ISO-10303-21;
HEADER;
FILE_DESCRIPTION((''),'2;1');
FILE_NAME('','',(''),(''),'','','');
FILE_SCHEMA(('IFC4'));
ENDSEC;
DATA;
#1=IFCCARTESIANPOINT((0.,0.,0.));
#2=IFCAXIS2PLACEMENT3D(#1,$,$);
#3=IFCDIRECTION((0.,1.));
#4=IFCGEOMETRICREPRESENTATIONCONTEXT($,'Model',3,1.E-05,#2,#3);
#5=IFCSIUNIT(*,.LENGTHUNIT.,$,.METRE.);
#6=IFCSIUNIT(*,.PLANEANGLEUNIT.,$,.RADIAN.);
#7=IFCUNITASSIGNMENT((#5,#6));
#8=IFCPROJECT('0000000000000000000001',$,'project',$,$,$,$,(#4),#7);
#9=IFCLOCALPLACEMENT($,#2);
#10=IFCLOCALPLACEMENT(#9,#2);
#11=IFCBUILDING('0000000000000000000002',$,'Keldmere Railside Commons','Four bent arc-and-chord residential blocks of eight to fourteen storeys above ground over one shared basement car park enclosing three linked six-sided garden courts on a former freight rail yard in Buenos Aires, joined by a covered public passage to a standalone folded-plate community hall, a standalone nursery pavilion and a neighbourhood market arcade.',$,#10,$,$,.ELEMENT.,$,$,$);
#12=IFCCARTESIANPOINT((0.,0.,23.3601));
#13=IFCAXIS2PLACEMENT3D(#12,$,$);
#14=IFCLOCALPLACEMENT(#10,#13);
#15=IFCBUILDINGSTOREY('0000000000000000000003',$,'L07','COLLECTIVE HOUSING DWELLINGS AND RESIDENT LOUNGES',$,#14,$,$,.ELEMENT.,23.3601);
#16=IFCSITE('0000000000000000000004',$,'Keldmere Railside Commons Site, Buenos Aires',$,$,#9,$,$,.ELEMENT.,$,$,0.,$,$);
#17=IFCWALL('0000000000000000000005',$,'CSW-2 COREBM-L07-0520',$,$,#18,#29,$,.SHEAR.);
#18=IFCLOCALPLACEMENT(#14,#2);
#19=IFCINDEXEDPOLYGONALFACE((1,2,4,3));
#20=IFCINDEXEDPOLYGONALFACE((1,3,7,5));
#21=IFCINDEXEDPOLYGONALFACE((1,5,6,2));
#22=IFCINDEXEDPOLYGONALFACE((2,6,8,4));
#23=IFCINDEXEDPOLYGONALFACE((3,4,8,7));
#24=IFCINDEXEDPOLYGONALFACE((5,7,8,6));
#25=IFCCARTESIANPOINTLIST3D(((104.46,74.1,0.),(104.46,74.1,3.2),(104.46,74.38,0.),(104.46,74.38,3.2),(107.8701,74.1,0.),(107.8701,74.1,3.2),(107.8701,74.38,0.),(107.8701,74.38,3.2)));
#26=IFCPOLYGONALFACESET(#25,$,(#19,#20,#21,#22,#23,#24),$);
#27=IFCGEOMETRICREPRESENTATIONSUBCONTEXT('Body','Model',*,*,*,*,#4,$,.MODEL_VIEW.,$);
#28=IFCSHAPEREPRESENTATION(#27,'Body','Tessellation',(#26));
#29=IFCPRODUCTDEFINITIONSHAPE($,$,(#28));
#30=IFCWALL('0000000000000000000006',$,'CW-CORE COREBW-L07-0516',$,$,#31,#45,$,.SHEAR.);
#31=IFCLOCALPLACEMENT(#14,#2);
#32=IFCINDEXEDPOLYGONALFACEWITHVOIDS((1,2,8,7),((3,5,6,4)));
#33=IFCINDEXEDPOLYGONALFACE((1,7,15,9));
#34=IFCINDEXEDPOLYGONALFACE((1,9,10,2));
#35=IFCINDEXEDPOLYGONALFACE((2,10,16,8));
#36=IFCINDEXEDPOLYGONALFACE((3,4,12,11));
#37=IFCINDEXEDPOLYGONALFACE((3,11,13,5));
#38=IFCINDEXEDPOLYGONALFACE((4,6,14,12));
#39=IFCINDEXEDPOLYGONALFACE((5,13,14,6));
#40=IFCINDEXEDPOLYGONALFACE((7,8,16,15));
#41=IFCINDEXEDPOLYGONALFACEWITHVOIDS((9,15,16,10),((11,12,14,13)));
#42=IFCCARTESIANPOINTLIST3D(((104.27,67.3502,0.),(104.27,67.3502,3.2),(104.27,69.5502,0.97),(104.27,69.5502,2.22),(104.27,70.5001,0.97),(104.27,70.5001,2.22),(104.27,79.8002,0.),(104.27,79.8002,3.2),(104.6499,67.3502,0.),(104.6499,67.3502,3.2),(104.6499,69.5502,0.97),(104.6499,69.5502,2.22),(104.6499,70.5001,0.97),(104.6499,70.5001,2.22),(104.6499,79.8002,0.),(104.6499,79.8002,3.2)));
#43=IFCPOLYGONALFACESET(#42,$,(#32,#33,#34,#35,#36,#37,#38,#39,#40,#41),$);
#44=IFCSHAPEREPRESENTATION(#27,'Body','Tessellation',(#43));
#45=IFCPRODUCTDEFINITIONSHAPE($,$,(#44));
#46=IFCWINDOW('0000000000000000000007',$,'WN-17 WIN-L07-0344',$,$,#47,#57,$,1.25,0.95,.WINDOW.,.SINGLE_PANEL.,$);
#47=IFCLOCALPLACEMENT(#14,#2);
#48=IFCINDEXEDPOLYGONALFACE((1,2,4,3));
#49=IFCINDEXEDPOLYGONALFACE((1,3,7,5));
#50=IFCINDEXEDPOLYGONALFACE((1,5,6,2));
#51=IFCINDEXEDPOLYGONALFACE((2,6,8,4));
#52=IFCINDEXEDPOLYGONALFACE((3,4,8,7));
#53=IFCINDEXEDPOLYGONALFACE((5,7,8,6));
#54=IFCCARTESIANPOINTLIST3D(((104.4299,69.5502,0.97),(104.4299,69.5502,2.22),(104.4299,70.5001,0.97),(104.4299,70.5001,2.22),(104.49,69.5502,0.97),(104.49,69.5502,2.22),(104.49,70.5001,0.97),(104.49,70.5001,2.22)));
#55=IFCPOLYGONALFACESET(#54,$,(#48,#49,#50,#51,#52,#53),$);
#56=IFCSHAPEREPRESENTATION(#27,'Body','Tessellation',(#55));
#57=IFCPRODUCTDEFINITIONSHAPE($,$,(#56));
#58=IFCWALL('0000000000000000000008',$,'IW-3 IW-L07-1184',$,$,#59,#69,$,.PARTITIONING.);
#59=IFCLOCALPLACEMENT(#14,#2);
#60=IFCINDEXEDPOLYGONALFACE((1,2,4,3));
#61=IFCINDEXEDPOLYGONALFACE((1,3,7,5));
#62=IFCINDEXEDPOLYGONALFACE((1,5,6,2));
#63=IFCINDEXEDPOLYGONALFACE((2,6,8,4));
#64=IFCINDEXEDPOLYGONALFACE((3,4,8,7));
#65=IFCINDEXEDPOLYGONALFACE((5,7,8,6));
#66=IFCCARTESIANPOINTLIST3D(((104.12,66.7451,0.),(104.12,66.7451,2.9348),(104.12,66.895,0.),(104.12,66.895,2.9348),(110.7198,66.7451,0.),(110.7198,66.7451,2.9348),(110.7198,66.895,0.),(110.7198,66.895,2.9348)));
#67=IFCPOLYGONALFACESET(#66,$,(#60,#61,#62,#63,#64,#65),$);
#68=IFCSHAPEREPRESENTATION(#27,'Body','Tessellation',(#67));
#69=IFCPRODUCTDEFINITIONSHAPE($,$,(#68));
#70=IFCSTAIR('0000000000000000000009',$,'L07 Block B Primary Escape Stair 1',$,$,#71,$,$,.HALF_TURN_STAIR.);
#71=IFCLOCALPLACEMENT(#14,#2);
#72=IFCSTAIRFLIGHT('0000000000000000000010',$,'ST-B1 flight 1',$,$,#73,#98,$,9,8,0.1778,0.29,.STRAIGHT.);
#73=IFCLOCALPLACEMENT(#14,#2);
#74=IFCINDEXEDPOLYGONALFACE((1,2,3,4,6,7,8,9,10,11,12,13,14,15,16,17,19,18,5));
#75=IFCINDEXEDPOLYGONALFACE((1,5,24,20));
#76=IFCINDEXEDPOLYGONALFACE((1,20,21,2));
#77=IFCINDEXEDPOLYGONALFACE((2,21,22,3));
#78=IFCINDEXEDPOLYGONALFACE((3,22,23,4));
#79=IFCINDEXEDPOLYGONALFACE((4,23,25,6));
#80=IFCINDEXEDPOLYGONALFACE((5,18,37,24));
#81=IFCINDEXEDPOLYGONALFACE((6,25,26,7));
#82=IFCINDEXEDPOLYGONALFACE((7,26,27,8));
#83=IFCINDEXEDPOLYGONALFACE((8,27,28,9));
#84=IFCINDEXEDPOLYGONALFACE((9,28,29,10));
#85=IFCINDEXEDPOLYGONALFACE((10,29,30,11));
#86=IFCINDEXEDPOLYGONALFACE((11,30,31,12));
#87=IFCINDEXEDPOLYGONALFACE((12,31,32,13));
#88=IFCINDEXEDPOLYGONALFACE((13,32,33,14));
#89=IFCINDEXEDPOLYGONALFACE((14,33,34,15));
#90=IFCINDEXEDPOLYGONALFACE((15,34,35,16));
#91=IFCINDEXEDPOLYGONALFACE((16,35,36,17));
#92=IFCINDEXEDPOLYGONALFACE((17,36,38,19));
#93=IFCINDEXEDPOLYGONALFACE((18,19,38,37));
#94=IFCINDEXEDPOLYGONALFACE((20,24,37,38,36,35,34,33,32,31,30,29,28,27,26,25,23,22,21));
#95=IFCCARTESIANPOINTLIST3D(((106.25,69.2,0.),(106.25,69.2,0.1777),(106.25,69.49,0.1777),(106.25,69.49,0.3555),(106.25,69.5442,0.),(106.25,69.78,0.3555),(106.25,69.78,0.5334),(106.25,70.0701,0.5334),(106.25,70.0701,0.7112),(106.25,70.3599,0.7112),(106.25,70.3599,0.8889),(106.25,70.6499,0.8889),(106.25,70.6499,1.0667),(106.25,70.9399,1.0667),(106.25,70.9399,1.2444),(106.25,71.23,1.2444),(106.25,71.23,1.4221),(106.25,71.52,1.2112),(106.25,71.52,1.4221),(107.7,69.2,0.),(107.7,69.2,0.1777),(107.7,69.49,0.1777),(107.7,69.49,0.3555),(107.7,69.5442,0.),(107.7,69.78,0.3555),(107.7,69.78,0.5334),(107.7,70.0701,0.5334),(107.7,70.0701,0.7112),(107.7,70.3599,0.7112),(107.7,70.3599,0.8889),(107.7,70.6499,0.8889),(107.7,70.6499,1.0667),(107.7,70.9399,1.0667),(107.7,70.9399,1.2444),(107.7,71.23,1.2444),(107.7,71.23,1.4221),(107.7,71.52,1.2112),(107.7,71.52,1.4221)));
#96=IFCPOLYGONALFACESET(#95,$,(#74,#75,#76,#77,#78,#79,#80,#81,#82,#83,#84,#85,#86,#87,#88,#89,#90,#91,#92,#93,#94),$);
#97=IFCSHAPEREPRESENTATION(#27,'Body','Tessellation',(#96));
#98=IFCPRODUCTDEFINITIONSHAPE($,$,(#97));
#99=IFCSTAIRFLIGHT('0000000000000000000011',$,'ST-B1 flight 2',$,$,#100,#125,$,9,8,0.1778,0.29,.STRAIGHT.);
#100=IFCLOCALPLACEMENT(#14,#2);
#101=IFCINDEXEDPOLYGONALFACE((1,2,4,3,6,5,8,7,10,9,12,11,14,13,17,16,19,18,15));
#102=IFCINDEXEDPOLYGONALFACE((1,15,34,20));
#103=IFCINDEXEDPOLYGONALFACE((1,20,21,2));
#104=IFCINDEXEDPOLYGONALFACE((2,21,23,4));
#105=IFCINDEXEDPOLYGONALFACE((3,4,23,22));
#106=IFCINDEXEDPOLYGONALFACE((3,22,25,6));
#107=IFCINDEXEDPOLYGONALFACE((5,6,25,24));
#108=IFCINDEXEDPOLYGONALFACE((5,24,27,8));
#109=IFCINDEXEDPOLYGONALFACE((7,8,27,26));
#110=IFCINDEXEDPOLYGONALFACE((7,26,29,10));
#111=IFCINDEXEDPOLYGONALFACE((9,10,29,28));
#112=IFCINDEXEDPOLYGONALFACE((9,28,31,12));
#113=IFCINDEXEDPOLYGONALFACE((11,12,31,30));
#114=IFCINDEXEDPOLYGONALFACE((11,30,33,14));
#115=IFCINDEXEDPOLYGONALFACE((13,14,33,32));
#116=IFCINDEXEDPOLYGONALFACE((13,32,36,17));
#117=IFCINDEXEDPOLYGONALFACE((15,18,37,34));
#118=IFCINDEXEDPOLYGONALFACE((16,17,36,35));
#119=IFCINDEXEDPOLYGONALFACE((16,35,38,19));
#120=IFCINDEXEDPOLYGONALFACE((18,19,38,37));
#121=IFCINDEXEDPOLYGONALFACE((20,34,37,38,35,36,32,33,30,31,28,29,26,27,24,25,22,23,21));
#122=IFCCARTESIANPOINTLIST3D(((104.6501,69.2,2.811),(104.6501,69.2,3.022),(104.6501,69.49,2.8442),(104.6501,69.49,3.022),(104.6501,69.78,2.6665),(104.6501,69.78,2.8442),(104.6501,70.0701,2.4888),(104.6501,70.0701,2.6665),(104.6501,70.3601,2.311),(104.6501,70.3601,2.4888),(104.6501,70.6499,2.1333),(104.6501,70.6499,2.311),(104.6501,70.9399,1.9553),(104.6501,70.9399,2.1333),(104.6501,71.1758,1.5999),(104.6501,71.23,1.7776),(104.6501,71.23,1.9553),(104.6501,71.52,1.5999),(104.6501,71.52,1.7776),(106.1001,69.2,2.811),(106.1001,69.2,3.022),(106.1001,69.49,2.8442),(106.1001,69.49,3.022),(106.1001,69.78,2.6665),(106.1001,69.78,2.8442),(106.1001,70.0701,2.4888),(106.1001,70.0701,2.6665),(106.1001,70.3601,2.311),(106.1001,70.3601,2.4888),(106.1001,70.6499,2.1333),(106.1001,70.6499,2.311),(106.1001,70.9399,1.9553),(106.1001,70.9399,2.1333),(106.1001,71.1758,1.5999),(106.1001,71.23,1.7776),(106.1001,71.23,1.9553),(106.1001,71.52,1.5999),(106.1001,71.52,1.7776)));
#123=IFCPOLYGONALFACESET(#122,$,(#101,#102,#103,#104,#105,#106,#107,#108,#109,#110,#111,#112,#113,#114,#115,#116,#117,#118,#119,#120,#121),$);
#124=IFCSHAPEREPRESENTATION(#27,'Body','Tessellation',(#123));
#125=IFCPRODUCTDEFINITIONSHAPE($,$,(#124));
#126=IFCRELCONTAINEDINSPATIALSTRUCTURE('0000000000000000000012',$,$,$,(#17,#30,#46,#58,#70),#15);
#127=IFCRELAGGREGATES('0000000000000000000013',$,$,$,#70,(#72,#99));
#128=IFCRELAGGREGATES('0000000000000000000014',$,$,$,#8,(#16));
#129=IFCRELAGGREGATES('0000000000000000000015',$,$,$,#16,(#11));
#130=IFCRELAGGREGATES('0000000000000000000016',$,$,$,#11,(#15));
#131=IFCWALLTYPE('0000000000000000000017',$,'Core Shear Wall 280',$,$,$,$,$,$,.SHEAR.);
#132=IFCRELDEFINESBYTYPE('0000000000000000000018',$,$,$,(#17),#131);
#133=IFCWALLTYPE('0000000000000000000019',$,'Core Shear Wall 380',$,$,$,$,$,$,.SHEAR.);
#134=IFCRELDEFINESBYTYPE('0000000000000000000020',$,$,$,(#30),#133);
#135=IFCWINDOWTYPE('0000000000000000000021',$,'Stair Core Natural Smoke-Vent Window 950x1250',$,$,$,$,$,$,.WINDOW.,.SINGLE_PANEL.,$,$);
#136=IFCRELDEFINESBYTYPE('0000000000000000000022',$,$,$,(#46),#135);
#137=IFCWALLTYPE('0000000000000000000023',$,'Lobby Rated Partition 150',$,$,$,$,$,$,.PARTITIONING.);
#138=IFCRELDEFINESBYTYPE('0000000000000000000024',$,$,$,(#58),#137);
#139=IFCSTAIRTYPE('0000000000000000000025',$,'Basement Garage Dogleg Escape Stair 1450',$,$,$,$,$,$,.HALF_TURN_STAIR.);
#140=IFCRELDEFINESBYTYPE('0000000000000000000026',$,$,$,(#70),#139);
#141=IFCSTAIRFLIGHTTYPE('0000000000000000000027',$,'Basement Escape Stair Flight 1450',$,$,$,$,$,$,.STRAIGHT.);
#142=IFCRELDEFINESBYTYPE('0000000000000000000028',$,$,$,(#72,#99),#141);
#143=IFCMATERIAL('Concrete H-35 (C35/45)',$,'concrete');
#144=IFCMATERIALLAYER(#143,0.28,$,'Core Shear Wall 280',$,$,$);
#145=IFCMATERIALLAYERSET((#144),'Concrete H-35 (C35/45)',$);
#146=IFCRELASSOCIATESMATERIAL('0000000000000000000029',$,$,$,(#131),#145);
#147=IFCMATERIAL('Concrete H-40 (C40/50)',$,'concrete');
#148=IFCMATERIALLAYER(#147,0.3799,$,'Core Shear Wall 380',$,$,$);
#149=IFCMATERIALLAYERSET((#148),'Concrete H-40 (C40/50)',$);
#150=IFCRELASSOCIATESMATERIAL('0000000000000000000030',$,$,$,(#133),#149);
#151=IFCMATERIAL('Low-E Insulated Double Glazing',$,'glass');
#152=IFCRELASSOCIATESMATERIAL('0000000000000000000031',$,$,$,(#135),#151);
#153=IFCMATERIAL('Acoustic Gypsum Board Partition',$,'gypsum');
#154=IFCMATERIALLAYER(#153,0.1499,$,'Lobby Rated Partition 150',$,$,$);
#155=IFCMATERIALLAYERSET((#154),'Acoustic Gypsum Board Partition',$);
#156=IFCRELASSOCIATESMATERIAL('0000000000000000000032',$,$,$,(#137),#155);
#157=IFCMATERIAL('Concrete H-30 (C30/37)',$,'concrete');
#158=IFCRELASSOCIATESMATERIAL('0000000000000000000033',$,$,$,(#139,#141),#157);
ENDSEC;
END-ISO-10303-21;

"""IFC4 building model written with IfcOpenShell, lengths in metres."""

from ifc_helpers import new_model, si_unit, direction, frame, frame_2d, origin, place, context, subcontext, project, spatial, polyline, rectangle, outline, extrude, material, layer, layer_set, type_object, element, fill, aggregate, save


model = new_model("IFC4")

# Units and contexts
model_context = context("Model", 3, precision=1e-05, world=origin(), true_north=direction((0.0, 1.0)))
body_context = subcontext(model_context, "Body", "Model", "MODEL_VIEW")
ifc_project = project(units=[si_unit("LENGTHUNIT", "METRE"), si_unit("PLANEANGLEUNIT", "RADIAN")], contexts=[model_context])

# Site, building, storey
site_placement = place(None, origin())
site = spatial("IfcSite", under=ifc_project, at=site_placement, Name="Keldmere Railside Commons Site, Buenos Aires", CompositionType="ELEMENT", RefElevation=0.0)
building_placement = place(site_placement, origin())
building = spatial("IfcBuilding", under=site, at=building_placement, Name="Keldmere Railside Commons", Description="Four bent arc-and-chord residential blocks of eight to fourteen storeys above ground over one shared basement car park enclosing three linked six-sided garden courts on a former freight rail yard in Buenos Aires, joined by a covered public passage to a standalone folded-plate community hall, a standalone nursery pavilion and a neighbourhood market arcade.", CompositionType="ELEMENT")
storey_placement = place(building_placement, frame((0.0, 0.0, 23.3601)))
storey = spatial("IfcBuildingStorey", under=building, at=storey_placement, Name="L07", Description="COLLECTIVE HOUSING DWELLINGS AND RESIDENT LOUNGES", CompositionType="ELEMENT", Elevation=23.3601)

# Wall
ifc_material_1 = material(Name="Concrete H-35 (C35/45)", Category="concrete")
ifc_layer_1 = layer(ifc_material_1, 0.28, Name="Core Shear Wall 280")
ifc_layer_set_1 = layer_set([ifc_layer_1], Name="Concrete H-35 (C35/45)")
wall_type_1 = type_object("IfcWallType", Name="Core Shear Wall 280", PredefinedType="SHEAR", material=ifc_layer_set_1)
wall_1_placement = place(storey_placement, frame((104.46, 74.24, 0.0), z_axis=(0.0, 0.0, 1.0), x_axis=(1.0, 0.0, 0.0)))
element("IfcWall", 1, at=wall_1_placement, inside=storey, type_object=wall_type_1, Name="CSW-2 COREBM-L07-0520", PredefinedType="SHEAR", context=body_context, shape_type="SweptSolid", body=[
    extrude(rectangle(XDim=3.4102, YDim=0.28, at=frame_2d((1.7051, 0.0))), origin(), (0.0, 0.0, 1.0), 3.2),
])

# Wall, opening, window
ifc_material_2 = material(Name="Concrete H-40 (C40/50)", Category="concrete")
ifc_layer_2 = layer(ifc_material_2, 0.3799, Name="Core Shear Wall 380")
ifc_layer_set_2 = layer_set([ifc_layer_2], Name="Concrete H-40 (C40/50)")
wall_type_2 = type_object("IfcWallType", Name="Core Shear Wall 380", PredefinedType="SHEAR", material=ifc_layer_set_2)
wall_2_placement = place(storey_placement, frame((104.46, 67.3501, 0.0), z_axis=(0.0, 0.0, 1.0), x_axis=(0.0, 1.0, 0.0)))
wall_2 = element("IfcWall", 2, at=wall_2_placement, inside=storey, type_object=wall_type_2, Name="CW-CORE COREBW-L07-0516", PredefinedType="SHEAR", context=body_context, shape_type="SweptSolid", body=[
    extrude(rectangle(XDim=12.45, YDim=0.3799, at=frame_2d((6.2251, 0.0))), origin(), (0.0, 0.0, 1.0), 3.2),
])
opening_1_placement = place(wall_2_placement, frame((2.2, 0.0, 0.97)))
opening_1 = element("IfcOpeningElement", 3, at=opening_1_placement, cuts=wall_2, PredefinedType="OPENING", context=body_context, shape_type="SweptSolid", body=[
    extrude(rectangle(XDim=0.95, YDim=1.25, at=frame_2d((0.4751, 0.625))), frame((0.0, 0.2, 0.0), z_axis=(0.0, -1.0, 0.0), x_axis=(1.0, 0.0, 0.0)), (0.0, 0.0, 1.0), 0.3999),
])
ifc_material_3 = material(Name="Low-E Insulated Double Glazing", Category="glass")
window_type = type_object("IfcWindowType", Name="Stair Core Natural Smoke-Vent Window 950x1250", PartitioningType="SINGLE_PANEL", PredefinedType="WINDOW", material=ifc_material_3)
window_placement = place(opening_1_placement, origin())
window = element("IfcWindow", 4, at=window_placement, inside=storey, type_object=window_type, Name="WN-17 WIN-L07-0344", OverallHeight=1.25, OverallWidth=0.95, PartitioningType="SINGLE_PANEL", PredefinedType="WINDOW", context=body_context, shape_type="SweptSolid", body=[
    extrude(rectangle(XDim=0.95, YDim=1.25, at=frame_2d((0.4751, 0.625))), frame((0.0, 0.03, 0.0), z_axis=(0.0, -1.0, 0.0), x_axis=(1.0, 0.0, 0.0)), (0.0, 0.0, 1.0), 0.0601),
])
fill(opening_1, window)

# Wall
ifc_material_4 = material(Name="Acoustic Gypsum Board Partition", Category="gypsum")
ifc_layer_3 = layer(ifc_material_4, 0.1499, Name="Lobby Rated Partition 150")
ifc_layer_set_3 = layer_set([ifc_layer_3], Name="Acoustic Gypsum Board Partition")
wall_type_3 = type_object("IfcWallType", Name="Lobby Rated Partition 150", PredefinedType="PARTITIONING", material=ifc_layer_set_3)
wall_3_placement = place(storey_placement, frame((104.1201, 66.8201, 0.0), z_axis=(0.0, 0.0, 1.0), x_axis=(1.0, 0.0, 0.0)))
element("IfcWall", 5, at=wall_3_placement, inside=storey, type_object=wall_type_3, Name="IW-3 IW-L07-1184", PredefinedType="PARTITIONING", context=body_context, shape_type="SweptSolid", body=[
    extrude(rectangle(XDim=6.5999, YDim=0.1499, at=frame_2d((3.2998, 0.0))), origin(), (0.0, 0.0, 1.0), 2.9348),
])

# Stair, stair flights
ifc_material_5 = material(Name="Concrete H-30 (C30/37)", Category="concrete")
stair_type = type_object("IfcStairType", Name="Basement Garage Dogleg Escape Stair 1450", PredefinedType="HALF_TURN_STAIR", material=ifc_material_5)
stair_placement = place(storey_placement, origin())
stair = element("IfcStair", 6, at=stair_placement, inside=storey, type_object=stair_type, Name="L07 Block B Primary Escape Stair 1", PredefinedType="HALF_TURN_STAIR")
stair_flight_type = type_object("IfcStairFlightType", Name="Basement Escape Stair Flight 1450", PredefinedType="STRAIGHT", material=ifc_material_5)
stair_flight_1_placement = place(storey_placement, frame((106.9751, 69.2, 0.0), z_axis=(0.0, 0.0, 1.0), x_axis=(0.0, 1.0, 0.0)))
stair_flight_1 = element("IfcStairFlight", 7, at=stair_flight_1_placement, type_object=stair_flight_type, Name="ST-B1 flight 1", NumberOfRisers=9, NumberOfTreads=8, PredefinedType="STRAIGHT", RiserHeight=0.1778, TreadLength=0.29, context=body_context, shape_type="SweptSolid", body=[
    extrude(outline(polyline([(0.0, 0.0), (0.0, 0.1777), (0.29, 0.1777), (0.29, 0.3555), (0.5801, 0.3555), (0.5801, 0.5334), (0.8701, 0.5334), (0.8701, 0.7112), (1.1599, 0.7112), (1.1599, 0.8889), (1.45, 0.8889), (1.45, 1.0667), (1.74, 1.0667), (1.74, 1.2444), (2.03, 1.2444), (2.03, 1.4221), (2.3201, 1.4221), (2.3201, 1.6001), (2.3201, 1.2112), (0.3442, 0.0), (0.0, 0.0)])), frame((0.0, 0.7251, 0.0), z_axis=(0.0, -1.0, 0.0), x_axis=(1.0, 0.0, 0.0)), (0.0, 0.0, 1.0), 1.45),
])
stair_flight_2_placement = place(storey_placement, frame((105.375, 71.52, 1.5999), z_axis=(0.0, 0.0, 1.0), x_axis=(0.0, -1.0, 0.0)))
stair_flight_2 = element("IfcStairFlight", 8, at=stair_flight_2_placement, type_object=stair_flight_type, Name="ST-B1 flight 2", NumberOfRisers=9, NumberOfTreads=8, PredefinedType="STRAIGHT", RiserHeight=0.1778, TreadLength=0.29, context=body_context, shape_type="SweptSolid", body=[
    extrude(outline(polyline([(0.0, 0.0), (0.0, 0.1777), (0.29, 0.1777), (0.29, 0.3555), (0.5801, 0.3555), (0.5801, 0.5334), (0.8701, 0.5334), (0.8701, 0.7112), (1.1599, 0.7112), (1.1599, 0.8889), (1.45, 0.8889), (1.45, 1.0667), (1.74, 1.0667), (1.74, 1.2444), (2.03, 1.2444), (2.03, 1.4221), (2.3201, 1.4221), (2.3201, 1.6001), (2.3201, 1.2112), (0.3442, 0.0), (0.0, 0.0)])), frame((0.0, 0.7251, 0.0), z_axis=(0.0, -1.0, 0.0), x_axis=(1.0, 0.0, 0.0)), (0.0, 0.0, 1.0), 1.45),
])
aggregate(stair, [stair_flight_1, stair_flight_2])

save(model, "model.ifc")
